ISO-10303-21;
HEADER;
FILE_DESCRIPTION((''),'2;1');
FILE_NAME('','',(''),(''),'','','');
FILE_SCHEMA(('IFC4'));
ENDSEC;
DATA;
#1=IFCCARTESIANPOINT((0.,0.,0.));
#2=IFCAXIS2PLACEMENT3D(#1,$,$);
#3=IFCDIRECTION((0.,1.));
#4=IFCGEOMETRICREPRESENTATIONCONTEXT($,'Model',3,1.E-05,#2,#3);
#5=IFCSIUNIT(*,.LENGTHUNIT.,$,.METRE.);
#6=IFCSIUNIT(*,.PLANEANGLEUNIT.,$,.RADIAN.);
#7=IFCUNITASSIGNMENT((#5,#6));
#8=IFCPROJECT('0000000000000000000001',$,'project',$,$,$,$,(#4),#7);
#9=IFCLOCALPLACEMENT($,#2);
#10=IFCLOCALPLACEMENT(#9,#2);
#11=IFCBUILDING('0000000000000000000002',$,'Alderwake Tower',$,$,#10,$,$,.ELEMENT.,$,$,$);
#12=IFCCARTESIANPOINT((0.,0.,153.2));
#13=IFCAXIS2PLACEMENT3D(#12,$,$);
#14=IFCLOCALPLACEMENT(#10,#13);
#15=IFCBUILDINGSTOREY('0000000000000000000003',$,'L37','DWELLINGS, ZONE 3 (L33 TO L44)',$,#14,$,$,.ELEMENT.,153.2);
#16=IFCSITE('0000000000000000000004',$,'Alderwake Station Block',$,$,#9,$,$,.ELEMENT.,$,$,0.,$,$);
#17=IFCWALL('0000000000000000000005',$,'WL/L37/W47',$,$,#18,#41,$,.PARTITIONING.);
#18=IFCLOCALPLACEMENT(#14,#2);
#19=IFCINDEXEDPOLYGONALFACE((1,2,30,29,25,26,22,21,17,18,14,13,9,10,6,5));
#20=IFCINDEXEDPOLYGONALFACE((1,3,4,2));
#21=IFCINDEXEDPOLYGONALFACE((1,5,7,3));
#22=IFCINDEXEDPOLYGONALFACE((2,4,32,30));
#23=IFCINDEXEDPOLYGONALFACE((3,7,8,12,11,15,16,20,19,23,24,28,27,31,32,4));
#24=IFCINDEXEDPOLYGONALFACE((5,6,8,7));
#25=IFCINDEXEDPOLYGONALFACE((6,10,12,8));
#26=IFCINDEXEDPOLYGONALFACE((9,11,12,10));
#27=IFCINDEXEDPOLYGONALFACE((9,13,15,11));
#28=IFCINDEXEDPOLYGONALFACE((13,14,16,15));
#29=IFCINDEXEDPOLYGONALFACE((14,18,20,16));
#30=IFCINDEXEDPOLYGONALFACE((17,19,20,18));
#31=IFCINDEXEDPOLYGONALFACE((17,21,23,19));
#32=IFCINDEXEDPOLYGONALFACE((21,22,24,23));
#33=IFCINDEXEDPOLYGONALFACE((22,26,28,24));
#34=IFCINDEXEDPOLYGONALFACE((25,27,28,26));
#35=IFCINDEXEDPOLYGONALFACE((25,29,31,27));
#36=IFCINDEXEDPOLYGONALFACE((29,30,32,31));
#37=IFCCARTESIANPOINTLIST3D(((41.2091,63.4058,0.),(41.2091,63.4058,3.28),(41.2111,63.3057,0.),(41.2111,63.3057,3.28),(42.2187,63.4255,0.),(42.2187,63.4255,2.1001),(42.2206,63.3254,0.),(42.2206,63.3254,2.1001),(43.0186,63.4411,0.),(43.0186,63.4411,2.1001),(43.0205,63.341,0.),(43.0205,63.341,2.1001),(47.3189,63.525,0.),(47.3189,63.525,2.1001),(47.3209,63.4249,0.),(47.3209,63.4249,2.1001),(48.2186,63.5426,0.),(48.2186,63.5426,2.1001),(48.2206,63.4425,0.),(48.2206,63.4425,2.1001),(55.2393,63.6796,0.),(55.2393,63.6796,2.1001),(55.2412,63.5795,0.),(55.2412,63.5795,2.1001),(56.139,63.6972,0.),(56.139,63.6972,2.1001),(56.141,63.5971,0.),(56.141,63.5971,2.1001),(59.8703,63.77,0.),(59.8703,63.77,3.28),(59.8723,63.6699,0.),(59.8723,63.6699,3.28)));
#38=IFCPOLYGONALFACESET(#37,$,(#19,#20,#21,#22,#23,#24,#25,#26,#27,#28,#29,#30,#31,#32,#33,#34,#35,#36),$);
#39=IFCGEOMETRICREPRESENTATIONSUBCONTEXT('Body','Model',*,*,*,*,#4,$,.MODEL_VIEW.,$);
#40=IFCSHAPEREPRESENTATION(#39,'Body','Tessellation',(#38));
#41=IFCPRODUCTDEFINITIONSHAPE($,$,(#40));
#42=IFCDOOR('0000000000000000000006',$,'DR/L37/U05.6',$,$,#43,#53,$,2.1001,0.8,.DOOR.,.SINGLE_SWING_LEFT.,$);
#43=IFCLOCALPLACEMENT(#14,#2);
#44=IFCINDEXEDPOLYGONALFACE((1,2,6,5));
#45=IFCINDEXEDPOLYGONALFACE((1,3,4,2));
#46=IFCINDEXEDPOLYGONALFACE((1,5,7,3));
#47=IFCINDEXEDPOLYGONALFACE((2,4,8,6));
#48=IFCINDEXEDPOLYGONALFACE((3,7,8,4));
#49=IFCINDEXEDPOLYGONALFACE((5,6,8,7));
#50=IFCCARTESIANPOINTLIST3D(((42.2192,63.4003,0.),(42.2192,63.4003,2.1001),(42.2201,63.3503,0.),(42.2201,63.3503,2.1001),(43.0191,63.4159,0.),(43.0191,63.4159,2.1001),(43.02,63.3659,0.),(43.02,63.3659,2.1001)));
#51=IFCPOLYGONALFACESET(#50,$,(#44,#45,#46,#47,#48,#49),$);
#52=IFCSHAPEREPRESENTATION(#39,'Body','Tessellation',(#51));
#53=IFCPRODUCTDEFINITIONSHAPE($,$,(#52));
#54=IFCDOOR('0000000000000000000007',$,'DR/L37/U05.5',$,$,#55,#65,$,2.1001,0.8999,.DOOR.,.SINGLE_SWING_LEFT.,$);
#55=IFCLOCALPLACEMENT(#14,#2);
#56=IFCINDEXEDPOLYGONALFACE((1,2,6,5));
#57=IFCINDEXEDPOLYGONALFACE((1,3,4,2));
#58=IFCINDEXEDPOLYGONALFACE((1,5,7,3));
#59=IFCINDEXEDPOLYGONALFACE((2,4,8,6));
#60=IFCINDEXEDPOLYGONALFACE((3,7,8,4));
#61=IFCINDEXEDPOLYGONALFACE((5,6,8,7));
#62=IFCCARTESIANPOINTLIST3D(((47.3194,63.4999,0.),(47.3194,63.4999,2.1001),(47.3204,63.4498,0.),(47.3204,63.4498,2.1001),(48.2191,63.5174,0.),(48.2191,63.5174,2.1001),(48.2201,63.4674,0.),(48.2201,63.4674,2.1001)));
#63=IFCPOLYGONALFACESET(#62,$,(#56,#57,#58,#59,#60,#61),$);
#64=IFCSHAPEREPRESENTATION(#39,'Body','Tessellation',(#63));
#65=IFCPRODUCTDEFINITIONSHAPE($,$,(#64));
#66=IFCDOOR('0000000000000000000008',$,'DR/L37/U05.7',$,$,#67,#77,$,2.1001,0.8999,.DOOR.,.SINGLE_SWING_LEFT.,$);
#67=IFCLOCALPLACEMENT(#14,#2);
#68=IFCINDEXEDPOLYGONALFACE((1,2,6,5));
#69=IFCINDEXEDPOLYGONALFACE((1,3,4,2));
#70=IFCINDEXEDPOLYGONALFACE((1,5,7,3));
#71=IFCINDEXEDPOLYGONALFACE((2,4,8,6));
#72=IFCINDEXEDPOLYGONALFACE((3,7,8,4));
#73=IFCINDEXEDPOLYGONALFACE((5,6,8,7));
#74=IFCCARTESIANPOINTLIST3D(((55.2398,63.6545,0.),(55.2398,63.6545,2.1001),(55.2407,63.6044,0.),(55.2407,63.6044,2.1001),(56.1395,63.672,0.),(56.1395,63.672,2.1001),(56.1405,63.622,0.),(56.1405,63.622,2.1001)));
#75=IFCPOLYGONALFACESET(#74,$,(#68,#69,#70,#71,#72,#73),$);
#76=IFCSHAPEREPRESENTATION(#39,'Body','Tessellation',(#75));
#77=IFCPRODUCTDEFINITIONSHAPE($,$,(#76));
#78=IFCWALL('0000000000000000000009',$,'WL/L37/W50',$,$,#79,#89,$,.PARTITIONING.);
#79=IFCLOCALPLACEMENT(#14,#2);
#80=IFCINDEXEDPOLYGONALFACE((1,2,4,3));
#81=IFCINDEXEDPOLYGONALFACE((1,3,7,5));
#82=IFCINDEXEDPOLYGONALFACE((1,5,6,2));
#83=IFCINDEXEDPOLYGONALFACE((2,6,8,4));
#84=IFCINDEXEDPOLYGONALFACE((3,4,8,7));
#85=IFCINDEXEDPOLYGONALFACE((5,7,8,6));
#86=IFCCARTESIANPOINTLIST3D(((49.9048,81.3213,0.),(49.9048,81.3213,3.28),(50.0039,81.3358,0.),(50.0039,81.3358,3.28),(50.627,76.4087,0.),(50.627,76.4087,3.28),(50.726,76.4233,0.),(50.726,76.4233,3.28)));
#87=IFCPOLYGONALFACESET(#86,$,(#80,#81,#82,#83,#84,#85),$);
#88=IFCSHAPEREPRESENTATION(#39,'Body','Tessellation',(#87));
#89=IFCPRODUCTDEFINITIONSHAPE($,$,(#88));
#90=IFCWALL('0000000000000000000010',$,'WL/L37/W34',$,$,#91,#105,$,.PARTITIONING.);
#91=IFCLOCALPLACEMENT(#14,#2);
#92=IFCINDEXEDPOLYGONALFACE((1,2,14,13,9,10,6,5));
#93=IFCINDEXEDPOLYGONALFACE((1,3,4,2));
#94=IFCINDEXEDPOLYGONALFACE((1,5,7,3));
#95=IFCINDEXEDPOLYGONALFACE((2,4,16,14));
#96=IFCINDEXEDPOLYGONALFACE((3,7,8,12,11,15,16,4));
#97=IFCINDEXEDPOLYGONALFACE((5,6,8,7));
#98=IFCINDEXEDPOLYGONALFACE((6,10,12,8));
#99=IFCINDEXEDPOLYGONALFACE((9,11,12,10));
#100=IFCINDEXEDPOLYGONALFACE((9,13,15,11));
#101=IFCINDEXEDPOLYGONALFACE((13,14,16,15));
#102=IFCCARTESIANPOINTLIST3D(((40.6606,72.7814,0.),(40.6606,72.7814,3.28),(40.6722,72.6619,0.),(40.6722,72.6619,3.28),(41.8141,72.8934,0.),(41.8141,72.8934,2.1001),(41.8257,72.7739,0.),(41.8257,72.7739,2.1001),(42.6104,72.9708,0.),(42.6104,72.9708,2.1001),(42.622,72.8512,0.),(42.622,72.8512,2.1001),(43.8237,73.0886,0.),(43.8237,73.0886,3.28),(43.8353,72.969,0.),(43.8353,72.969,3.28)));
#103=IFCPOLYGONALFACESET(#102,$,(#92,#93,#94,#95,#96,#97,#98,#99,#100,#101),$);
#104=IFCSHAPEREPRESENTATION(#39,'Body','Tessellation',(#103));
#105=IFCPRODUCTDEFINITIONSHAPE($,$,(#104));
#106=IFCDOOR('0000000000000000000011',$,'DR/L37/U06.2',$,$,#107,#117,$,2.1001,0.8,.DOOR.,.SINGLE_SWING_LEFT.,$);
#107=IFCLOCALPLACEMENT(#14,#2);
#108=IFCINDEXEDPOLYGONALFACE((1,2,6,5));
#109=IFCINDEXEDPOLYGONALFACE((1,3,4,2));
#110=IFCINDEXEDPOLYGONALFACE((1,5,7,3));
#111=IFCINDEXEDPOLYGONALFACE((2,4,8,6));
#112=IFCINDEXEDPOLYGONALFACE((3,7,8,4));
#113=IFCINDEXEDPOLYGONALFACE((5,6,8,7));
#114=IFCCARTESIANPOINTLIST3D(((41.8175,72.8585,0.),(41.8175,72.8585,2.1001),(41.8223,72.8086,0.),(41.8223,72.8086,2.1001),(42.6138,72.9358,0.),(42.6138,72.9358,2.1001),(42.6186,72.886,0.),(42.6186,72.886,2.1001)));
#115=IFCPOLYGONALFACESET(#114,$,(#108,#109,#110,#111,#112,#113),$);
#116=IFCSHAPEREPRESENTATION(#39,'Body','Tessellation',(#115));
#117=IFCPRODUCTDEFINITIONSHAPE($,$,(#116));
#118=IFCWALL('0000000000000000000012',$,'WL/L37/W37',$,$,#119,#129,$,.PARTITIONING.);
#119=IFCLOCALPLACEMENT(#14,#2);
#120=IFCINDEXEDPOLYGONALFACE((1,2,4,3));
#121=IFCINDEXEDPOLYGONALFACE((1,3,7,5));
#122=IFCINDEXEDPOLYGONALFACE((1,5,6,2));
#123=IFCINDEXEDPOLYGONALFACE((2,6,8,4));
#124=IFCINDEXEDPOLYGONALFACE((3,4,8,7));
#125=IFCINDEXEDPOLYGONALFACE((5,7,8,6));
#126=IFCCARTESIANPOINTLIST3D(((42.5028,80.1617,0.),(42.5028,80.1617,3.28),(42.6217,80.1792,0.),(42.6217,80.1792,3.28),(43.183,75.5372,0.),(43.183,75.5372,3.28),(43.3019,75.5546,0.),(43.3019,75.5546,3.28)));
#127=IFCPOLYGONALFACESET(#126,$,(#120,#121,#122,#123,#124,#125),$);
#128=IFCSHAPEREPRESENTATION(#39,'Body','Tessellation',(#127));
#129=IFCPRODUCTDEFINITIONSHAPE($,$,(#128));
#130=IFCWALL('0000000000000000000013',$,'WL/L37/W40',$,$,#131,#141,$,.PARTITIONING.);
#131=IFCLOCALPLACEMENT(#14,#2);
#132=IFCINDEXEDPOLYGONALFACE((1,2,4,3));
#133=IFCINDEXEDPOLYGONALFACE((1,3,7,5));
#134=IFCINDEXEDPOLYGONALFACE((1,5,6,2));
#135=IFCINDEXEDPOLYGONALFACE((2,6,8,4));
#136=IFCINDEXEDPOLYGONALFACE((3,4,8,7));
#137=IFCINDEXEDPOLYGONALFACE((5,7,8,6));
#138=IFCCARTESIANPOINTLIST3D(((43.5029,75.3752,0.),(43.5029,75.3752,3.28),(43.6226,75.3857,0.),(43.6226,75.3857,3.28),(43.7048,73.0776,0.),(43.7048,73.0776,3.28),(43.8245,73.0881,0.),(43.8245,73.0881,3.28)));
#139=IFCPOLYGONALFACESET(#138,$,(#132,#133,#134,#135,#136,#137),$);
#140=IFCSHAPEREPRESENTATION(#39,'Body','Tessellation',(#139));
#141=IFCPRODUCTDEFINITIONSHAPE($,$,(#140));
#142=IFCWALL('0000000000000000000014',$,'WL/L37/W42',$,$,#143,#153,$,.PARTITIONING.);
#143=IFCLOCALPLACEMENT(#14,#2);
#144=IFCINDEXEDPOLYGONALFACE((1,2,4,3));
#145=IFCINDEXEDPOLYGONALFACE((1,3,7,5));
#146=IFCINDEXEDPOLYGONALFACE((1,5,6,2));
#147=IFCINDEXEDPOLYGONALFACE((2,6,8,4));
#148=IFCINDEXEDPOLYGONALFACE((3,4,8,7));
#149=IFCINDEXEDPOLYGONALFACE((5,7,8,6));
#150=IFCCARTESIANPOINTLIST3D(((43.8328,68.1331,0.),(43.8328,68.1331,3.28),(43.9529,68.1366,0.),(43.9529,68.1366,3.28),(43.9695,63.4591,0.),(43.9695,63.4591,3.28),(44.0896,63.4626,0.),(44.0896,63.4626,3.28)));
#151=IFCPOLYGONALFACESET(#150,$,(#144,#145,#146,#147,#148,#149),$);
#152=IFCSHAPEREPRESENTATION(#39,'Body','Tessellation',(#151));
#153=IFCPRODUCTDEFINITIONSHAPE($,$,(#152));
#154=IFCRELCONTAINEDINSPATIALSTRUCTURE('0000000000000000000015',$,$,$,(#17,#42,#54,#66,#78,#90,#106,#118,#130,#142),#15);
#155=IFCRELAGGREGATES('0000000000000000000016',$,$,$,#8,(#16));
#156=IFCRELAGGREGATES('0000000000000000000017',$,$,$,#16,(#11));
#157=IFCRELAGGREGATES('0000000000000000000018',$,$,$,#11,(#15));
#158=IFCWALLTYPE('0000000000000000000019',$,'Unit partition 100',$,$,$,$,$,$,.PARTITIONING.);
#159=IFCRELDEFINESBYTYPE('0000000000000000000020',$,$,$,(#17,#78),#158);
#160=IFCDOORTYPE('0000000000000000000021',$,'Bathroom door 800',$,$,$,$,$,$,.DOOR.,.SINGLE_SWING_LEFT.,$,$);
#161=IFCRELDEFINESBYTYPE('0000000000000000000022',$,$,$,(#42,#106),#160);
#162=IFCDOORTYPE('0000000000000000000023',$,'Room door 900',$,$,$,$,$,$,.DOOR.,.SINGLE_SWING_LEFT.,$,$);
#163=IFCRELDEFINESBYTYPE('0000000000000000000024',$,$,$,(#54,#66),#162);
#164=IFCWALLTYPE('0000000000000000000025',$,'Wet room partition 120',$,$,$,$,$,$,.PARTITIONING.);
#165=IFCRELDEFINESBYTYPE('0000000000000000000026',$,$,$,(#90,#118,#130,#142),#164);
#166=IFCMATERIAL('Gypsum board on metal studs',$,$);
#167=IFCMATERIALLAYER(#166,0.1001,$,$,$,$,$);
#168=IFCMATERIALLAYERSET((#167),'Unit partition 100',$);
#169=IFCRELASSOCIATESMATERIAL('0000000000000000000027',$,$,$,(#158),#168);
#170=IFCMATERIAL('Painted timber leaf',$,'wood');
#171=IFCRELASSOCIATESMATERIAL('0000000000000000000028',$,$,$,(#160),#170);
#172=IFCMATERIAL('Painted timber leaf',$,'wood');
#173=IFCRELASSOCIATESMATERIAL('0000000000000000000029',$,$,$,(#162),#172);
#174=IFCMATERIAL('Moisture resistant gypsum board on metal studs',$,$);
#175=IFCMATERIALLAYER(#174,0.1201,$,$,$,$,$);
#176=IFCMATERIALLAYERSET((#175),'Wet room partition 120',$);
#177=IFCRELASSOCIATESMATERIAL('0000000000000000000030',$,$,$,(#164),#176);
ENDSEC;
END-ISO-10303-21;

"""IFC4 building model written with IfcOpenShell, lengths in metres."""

from ifc_helpers import new_model, si_unit, direction, frame, frame_2d, origin, place, context, subcontext, project, spatial, rectangle, extrude, material, layer, layer_set, type_object, element, fill, save


model = new_model("IFC4")

# Units and contexts
model_context = context("Model", 3, precision=1e-05, world=origin(), true_north=direction((0.0, 1.0)))
body_context = subcontext(model_context, "Body", "Model", "MODEL_VIEW")
ifc_project = project(units=[si_unit("LENGTHUNIT", "METRE"), si_unit("PLANEANGLEUNIT", "RADIAN")], contexts=[model_context])

# Site, building, storey
site_placement = place(None, origin())
site = spatial("IfcSite", under=ifc_project, at=site_placement, Name="Alderwake Station Block", CompositionType="ELEMENT", RefElevation=0.0)
building_placement = place(site_placement, origin())
building = spatial("IfcBuilding", under=site, at=building_placement, Name="Alderwake Tower", CompositionType="ELEMENT")
storey_placement = place(building_placement, frame((0.0, 0.0, 153.2)))
storey = spatial("IfcBuildingStorey", under=building, at=storey_placement, Name="L37", Description="DWELLINGS, ZONE 3 (L33 TO L44)", CompositionType="ELEMENT", Elevation=153.2)

# Wall, openings, doors
ifc_material_1 = material(Name="Gypsum board on metal studs")
ifc_layer_1 = layer(ifc_material_1, 0.1001)
ifc_layer_set_1 = layer_set([ifc_layer_1], Name="Unit partition 100")
wall_type_1 = type_object("IfcWallType", Name="Unit partition 100", PredefinedType="PARTITIONING", material=ifc_layer_set_1)
wall_1_placement = place(storey_placement, frame((41.21, 63.3557, 0.0), z_axis=(0.0, 0.0, 1.0), x_axis=(0.99981, 0.019516, 0.0)))
wall_1 = element("IfcWall", 1, at=wall_1_placement, inside=storey, type_object=wall_type_1, Name="WL/L37/W47", PredefinedType="PARTITIONING", context=body_context, shape_type="SweptSolid", body=[
    extrude(rectangle(XDim=18.6648, YDim=0.1001, at=frame_2d((9.3325, 0.0))), origin(), (0.0, 0.0, 1.0), 3.28),
])
opening_1_placement = place(wall_1_placement, frame((6.1111, 0.0, 0.0)))
opening_1 = element("IfcOpeningElement", 2, at=opening_1_placement, cuts=wall_1, PredefinedType="OPENING", context=body_context, shape_type="SweptSolid", body=[
    extrude(rectangle(XDim=0.8999, YDim=2.1001, at=frame_2d((0.45, 1.05))), frame((0.0, 0.0601, 0.0), z_axis=(0.0, -1.0, 0.0), x_axis=(1.0, 0.0, 0.0)), (0.0, 0.0, 1.0), 0.1201),
])
opening_2_placement = place(wall_1_placement, frame((1.01, 0.0, 0.0)))
opening_2 = element("IfcOpeningElement", 3, at=opening_2_placement, cuts=wall_1, PredefinedType="OPENING", context=body_context, shape_type="SweptSolid", body=[
    extrude(rectangle(XDim=0.8, YDim=2.1001, at=frame_2d((0.3999, 1.05))), frame((0.0, 0.0601, 0.0), z_axis=(0.0, -1.0, 0.0), x_axis=(1.0, 0.0, 0.0)), (0.0, 0.0, 1.0), 0.1201),
])
opening_3_placement = place(wall_1_placement, frame((14.033, 0.0, 0.0)))
opening_3 = element("IfcOpeningElement", 4, at=opening_3_placement, cuts=wall_1, PredefinedType="OPENING", context=body_context, shape_type="SweptSolid", body=[
    extrude(rectangle(XDim=0.8999, YDim=2.1001, at=frame_2d((0.45, 1.05))), frame((0.0, 0.0601, 0.0), z_axis=(0.0, -1.0, 0.0), x_axis=(1.0, 0.0, 0.0)), (0.0, 0.0, 1.0), 0.1201),
])
ifc_material_2 = material(Name="Painted timber leaf", Category="wood")
door_type_1 = type_object("IfcDoorType", Name="Bathroom door 800", OperationType="SINGLE_SWING_LEFT", PredefinedType="DOOR", material=ifc_material_2)
door_1_placement = place(opening_2_placement, origin())
door_1 = element("IfcDoor", 5, at=door_1_placement, inside=storey, type_object=door_type_1, Name="DR/L37/U05.6", OperationType="SINGLE_SWING_LEFT", OverallHeight=2.1001, OverallWidth=0.8, PredefinedType="DOOR", context=body_context, shape_type="SweptSolid", body=[
    extrude(rectangle(XDim=0.8, YDim=2.1001, at=frame_2d((0.3999, 1.05))), frame((0.0, 0.0249, 0.0), z_axis=(0.0, -1.0, 0.0), x_axis=(1.0, 0.0, 0.0)), (0.0, 0.0, 1.0), 0.05),
])
fill(opening_2, door_1)
ifc_material_3 = material(Name="Painted timber leaf", Category="wood")
door_type_2 = type_object("IfcDoorType", Name="Room door 900", OperationType="SINGLE_SWING_LEFT", PredefinedType="DOOR", material=ifc_material_3)
door_2_placement = place(opening_1_placement, origin())
door_2 = element("IfcDoor", 6, at=door_2_placement, inside=storey, type_object=door_type_2, Name="DR/L37/U05.5", OperationType="SINGLE_SWING_LEFT", OverallHeight=2.1001, OverallWidth=0.8999, PredefinedType="DOOR", context=body_context, shape_type="SweptSolid", body=[
    extrude(rectangle(XDim=0.8999, YDim=2.1001, at=frame_2d((0.45, 1.05))), frame((0.0, 0.0249, 0.0), z_axis=(0.0, -1.0, 0.0), x_axis=(1.0, 0.0, 0.0)), (0.0, 0.0, 1.0), 0.05),
])
fill(opening_1, door_2)
door_3_placement = place(opening_3_placement, origin())
door_3 = element("IfcDoor", 7, at=door_3_placement, inside=storey, type_object=door_type_2, Name="DR/L37/U05.7", OperationType="SINGLE_SWING_LEFT", OverallHeight=2.1001, OverallWidth=0.8999, PredefinedType="DOOR", context=body_context, shape_type="SweptSolid", body=[
    extrude(rectangle(XDim=0.8999, YDim=2.1001, at=frame_2d((0.45, 1.05))), frame((0.0, 0.0249, 0.0), z_axis=(0.0, -1.0, 0.0), x_axis=(1.0, 0.0, 0.0)), (0.0, 0.0, 1.0), 0.05),
])
fill(opening_3, door_3)

# Wall
wall_2_placement = place(storey_placement, frame((50.6765, 76.416, 0.0), z_axis=(0.0, 0.0, 1.0), x_axis=(-0.14544, 0.989367, 0.0)))
element("IfcWall", 8, at=wall_2_placement, inside=storey, type_object=wall_type_1, Name="WL/L37/W50", PredefinedType="PARTITIONING", context=body_context, shape_type="SweptSolid", body=[
    extrude(rectangle(XDim=4.9653, YDim=0.1001, at=frame_2d((2.4827, 0.0))), origin(), (0.0, 0.0, 1.0), 3.28),
])

# Wall, opening, door
ifc_material_4 = material(Name="Moisture resistant gypsum board on metal studs")
ifc_layer_2 = layer(ifc_material_4, 0.1201)
ifc_layer_set_2 = layer_set([ifc_layer_2], Name="Wet room partition 120")
wall_type_2 = type_object("IfcWallType", Name="Wet room partition 120", PredefinedType="PARTITIONING", material=ifc_layer_set_2)
wall_3_placement = place(storey_placement, frame((40.6665, 72.7217, 0.0), z_axis=(0.0, 0.0, 1.0), x_axis=(0.995319, 0.096643, 0.0)))
wall_3 = element("IfcWall", 9, at=wall_3_placement, inside=storey, type_object=wall_type_2, Name="WL/L37/W34", PredefinedType="PARTITIONING", context=body_context, shape_type="SweptSolid", body=[
    extrude(rectangle(XDim=3.178, YDim=0.1201, at=frame_2d((1.5889, 0.0))), origin(), (0.0, 0.0, 1.0), 3.28),
])
opening_4_placement = place(wall_3_placement, frame((1.1589, 0.0, 0.0)))
opening_4 = element("IfcOpeningElement", 10, at=opening_4_placement, cuts=wall_3, PredefinedType="OPENING", context=body_context, shape_type="SweptSolid", body=[
    extrude(rectangle(XDim=0.8, YDim=2.1001, at=frame_2d((0.3999, 1.05))), frame((0.0, 0.0701, 0.0), z_axis=(0.0, -1.0, 0.0), x_axis=(1.0, 0.0, 0.0)), (0.0, 0.0, 1.0), 0.1401),
])
door_4_placement = place(opening_4_placement, origin())
door_4 = element("IfcDoor", 11, at=door_4_placement, inside=storey, type_object=door_type_1, Name="DR/L37/U06.2", OperationType="SINGLE_SWING_LEFT", OverallHeight=2.1001, OverallWidth=0.8, PredefinedType="DOOR", context=body_context, shape_type="SweptSolid", body=[
    extrude(rectangle(XDim=0.8, YDim=2.1001, at=frame_2d((0.3999, 1.05))), frame((0.0, 0.0249, 0.0), z_axis=(0.0, -1.0, 0.0), x_axis=(1.0, 0.0, 0.0)), (0.0, 0.0, 1.0), 0.05),
])
fill(opening_4, door_4)

# Walls
wall_4_placement = place(storey_placement, frame((43.2424, 75.5459, 0.0), z_axis=(0.0, 0.0, 1.0), x_axis=(-0.145515, 0.989356, 0.0)))
element("IfcWall", 12, at=wall_4_placement, inside=storey, type_object=wall_type_2, Name="WL/L37/W37", PredefinedType="PARTITIONING", context=body_context, shape_type="SweptSolid", body=[
    extrude(rectangle(XDim=4.6743, YDim=0.1201, at=frame_2d((2.3372, 0.0))), origin(), (0.0, 0.0, 1.0), 3.28),
])
wall_5_placement = place(storey_placement, frame((43.7646, 73.0828, 0.0), z_axis=(0.0, 0.0, 1.0), x_axis=(-0.087539, 0.996161, 0.0)))
element("IfcWall", 13, at=wall_5_placement, inside=storey, type_object=wall_type_2, Name="WL/L37/W40", PredefinedType="PARTITIONING", context=body_context, shape_type="SweptSolid", body=[
    extrude(rectangle(XDim=2.3064, YDim=0.1201, at=frame_2d((1.1533, 0.0))), origin(), (0.0, 0.0, 1.0), 3.28),
])
wall_6_placement = place(storey_placement, frame((44.0295, 63.4609, 0.0), z_axis=(0.0, 0.0, 1.0), x_axis=(-0.029238, 0.999572, 0.0)))
element("IfcWall", 14, at=wall_6_placement, inside=storey, type_object=wall_type_2, Name="WL/L37/W42", PredefinedType="PARTITIONING", context=body_context, shape_type="SweptSolid", body=[
    extrude(rectangle(XDim=4.676, YDim=0.1201, at=frame_2d((2.3379, 0.0))), origin(), (0.0, 0.0, 1.0), 3.28),
])

save(model, "model.ifc")
